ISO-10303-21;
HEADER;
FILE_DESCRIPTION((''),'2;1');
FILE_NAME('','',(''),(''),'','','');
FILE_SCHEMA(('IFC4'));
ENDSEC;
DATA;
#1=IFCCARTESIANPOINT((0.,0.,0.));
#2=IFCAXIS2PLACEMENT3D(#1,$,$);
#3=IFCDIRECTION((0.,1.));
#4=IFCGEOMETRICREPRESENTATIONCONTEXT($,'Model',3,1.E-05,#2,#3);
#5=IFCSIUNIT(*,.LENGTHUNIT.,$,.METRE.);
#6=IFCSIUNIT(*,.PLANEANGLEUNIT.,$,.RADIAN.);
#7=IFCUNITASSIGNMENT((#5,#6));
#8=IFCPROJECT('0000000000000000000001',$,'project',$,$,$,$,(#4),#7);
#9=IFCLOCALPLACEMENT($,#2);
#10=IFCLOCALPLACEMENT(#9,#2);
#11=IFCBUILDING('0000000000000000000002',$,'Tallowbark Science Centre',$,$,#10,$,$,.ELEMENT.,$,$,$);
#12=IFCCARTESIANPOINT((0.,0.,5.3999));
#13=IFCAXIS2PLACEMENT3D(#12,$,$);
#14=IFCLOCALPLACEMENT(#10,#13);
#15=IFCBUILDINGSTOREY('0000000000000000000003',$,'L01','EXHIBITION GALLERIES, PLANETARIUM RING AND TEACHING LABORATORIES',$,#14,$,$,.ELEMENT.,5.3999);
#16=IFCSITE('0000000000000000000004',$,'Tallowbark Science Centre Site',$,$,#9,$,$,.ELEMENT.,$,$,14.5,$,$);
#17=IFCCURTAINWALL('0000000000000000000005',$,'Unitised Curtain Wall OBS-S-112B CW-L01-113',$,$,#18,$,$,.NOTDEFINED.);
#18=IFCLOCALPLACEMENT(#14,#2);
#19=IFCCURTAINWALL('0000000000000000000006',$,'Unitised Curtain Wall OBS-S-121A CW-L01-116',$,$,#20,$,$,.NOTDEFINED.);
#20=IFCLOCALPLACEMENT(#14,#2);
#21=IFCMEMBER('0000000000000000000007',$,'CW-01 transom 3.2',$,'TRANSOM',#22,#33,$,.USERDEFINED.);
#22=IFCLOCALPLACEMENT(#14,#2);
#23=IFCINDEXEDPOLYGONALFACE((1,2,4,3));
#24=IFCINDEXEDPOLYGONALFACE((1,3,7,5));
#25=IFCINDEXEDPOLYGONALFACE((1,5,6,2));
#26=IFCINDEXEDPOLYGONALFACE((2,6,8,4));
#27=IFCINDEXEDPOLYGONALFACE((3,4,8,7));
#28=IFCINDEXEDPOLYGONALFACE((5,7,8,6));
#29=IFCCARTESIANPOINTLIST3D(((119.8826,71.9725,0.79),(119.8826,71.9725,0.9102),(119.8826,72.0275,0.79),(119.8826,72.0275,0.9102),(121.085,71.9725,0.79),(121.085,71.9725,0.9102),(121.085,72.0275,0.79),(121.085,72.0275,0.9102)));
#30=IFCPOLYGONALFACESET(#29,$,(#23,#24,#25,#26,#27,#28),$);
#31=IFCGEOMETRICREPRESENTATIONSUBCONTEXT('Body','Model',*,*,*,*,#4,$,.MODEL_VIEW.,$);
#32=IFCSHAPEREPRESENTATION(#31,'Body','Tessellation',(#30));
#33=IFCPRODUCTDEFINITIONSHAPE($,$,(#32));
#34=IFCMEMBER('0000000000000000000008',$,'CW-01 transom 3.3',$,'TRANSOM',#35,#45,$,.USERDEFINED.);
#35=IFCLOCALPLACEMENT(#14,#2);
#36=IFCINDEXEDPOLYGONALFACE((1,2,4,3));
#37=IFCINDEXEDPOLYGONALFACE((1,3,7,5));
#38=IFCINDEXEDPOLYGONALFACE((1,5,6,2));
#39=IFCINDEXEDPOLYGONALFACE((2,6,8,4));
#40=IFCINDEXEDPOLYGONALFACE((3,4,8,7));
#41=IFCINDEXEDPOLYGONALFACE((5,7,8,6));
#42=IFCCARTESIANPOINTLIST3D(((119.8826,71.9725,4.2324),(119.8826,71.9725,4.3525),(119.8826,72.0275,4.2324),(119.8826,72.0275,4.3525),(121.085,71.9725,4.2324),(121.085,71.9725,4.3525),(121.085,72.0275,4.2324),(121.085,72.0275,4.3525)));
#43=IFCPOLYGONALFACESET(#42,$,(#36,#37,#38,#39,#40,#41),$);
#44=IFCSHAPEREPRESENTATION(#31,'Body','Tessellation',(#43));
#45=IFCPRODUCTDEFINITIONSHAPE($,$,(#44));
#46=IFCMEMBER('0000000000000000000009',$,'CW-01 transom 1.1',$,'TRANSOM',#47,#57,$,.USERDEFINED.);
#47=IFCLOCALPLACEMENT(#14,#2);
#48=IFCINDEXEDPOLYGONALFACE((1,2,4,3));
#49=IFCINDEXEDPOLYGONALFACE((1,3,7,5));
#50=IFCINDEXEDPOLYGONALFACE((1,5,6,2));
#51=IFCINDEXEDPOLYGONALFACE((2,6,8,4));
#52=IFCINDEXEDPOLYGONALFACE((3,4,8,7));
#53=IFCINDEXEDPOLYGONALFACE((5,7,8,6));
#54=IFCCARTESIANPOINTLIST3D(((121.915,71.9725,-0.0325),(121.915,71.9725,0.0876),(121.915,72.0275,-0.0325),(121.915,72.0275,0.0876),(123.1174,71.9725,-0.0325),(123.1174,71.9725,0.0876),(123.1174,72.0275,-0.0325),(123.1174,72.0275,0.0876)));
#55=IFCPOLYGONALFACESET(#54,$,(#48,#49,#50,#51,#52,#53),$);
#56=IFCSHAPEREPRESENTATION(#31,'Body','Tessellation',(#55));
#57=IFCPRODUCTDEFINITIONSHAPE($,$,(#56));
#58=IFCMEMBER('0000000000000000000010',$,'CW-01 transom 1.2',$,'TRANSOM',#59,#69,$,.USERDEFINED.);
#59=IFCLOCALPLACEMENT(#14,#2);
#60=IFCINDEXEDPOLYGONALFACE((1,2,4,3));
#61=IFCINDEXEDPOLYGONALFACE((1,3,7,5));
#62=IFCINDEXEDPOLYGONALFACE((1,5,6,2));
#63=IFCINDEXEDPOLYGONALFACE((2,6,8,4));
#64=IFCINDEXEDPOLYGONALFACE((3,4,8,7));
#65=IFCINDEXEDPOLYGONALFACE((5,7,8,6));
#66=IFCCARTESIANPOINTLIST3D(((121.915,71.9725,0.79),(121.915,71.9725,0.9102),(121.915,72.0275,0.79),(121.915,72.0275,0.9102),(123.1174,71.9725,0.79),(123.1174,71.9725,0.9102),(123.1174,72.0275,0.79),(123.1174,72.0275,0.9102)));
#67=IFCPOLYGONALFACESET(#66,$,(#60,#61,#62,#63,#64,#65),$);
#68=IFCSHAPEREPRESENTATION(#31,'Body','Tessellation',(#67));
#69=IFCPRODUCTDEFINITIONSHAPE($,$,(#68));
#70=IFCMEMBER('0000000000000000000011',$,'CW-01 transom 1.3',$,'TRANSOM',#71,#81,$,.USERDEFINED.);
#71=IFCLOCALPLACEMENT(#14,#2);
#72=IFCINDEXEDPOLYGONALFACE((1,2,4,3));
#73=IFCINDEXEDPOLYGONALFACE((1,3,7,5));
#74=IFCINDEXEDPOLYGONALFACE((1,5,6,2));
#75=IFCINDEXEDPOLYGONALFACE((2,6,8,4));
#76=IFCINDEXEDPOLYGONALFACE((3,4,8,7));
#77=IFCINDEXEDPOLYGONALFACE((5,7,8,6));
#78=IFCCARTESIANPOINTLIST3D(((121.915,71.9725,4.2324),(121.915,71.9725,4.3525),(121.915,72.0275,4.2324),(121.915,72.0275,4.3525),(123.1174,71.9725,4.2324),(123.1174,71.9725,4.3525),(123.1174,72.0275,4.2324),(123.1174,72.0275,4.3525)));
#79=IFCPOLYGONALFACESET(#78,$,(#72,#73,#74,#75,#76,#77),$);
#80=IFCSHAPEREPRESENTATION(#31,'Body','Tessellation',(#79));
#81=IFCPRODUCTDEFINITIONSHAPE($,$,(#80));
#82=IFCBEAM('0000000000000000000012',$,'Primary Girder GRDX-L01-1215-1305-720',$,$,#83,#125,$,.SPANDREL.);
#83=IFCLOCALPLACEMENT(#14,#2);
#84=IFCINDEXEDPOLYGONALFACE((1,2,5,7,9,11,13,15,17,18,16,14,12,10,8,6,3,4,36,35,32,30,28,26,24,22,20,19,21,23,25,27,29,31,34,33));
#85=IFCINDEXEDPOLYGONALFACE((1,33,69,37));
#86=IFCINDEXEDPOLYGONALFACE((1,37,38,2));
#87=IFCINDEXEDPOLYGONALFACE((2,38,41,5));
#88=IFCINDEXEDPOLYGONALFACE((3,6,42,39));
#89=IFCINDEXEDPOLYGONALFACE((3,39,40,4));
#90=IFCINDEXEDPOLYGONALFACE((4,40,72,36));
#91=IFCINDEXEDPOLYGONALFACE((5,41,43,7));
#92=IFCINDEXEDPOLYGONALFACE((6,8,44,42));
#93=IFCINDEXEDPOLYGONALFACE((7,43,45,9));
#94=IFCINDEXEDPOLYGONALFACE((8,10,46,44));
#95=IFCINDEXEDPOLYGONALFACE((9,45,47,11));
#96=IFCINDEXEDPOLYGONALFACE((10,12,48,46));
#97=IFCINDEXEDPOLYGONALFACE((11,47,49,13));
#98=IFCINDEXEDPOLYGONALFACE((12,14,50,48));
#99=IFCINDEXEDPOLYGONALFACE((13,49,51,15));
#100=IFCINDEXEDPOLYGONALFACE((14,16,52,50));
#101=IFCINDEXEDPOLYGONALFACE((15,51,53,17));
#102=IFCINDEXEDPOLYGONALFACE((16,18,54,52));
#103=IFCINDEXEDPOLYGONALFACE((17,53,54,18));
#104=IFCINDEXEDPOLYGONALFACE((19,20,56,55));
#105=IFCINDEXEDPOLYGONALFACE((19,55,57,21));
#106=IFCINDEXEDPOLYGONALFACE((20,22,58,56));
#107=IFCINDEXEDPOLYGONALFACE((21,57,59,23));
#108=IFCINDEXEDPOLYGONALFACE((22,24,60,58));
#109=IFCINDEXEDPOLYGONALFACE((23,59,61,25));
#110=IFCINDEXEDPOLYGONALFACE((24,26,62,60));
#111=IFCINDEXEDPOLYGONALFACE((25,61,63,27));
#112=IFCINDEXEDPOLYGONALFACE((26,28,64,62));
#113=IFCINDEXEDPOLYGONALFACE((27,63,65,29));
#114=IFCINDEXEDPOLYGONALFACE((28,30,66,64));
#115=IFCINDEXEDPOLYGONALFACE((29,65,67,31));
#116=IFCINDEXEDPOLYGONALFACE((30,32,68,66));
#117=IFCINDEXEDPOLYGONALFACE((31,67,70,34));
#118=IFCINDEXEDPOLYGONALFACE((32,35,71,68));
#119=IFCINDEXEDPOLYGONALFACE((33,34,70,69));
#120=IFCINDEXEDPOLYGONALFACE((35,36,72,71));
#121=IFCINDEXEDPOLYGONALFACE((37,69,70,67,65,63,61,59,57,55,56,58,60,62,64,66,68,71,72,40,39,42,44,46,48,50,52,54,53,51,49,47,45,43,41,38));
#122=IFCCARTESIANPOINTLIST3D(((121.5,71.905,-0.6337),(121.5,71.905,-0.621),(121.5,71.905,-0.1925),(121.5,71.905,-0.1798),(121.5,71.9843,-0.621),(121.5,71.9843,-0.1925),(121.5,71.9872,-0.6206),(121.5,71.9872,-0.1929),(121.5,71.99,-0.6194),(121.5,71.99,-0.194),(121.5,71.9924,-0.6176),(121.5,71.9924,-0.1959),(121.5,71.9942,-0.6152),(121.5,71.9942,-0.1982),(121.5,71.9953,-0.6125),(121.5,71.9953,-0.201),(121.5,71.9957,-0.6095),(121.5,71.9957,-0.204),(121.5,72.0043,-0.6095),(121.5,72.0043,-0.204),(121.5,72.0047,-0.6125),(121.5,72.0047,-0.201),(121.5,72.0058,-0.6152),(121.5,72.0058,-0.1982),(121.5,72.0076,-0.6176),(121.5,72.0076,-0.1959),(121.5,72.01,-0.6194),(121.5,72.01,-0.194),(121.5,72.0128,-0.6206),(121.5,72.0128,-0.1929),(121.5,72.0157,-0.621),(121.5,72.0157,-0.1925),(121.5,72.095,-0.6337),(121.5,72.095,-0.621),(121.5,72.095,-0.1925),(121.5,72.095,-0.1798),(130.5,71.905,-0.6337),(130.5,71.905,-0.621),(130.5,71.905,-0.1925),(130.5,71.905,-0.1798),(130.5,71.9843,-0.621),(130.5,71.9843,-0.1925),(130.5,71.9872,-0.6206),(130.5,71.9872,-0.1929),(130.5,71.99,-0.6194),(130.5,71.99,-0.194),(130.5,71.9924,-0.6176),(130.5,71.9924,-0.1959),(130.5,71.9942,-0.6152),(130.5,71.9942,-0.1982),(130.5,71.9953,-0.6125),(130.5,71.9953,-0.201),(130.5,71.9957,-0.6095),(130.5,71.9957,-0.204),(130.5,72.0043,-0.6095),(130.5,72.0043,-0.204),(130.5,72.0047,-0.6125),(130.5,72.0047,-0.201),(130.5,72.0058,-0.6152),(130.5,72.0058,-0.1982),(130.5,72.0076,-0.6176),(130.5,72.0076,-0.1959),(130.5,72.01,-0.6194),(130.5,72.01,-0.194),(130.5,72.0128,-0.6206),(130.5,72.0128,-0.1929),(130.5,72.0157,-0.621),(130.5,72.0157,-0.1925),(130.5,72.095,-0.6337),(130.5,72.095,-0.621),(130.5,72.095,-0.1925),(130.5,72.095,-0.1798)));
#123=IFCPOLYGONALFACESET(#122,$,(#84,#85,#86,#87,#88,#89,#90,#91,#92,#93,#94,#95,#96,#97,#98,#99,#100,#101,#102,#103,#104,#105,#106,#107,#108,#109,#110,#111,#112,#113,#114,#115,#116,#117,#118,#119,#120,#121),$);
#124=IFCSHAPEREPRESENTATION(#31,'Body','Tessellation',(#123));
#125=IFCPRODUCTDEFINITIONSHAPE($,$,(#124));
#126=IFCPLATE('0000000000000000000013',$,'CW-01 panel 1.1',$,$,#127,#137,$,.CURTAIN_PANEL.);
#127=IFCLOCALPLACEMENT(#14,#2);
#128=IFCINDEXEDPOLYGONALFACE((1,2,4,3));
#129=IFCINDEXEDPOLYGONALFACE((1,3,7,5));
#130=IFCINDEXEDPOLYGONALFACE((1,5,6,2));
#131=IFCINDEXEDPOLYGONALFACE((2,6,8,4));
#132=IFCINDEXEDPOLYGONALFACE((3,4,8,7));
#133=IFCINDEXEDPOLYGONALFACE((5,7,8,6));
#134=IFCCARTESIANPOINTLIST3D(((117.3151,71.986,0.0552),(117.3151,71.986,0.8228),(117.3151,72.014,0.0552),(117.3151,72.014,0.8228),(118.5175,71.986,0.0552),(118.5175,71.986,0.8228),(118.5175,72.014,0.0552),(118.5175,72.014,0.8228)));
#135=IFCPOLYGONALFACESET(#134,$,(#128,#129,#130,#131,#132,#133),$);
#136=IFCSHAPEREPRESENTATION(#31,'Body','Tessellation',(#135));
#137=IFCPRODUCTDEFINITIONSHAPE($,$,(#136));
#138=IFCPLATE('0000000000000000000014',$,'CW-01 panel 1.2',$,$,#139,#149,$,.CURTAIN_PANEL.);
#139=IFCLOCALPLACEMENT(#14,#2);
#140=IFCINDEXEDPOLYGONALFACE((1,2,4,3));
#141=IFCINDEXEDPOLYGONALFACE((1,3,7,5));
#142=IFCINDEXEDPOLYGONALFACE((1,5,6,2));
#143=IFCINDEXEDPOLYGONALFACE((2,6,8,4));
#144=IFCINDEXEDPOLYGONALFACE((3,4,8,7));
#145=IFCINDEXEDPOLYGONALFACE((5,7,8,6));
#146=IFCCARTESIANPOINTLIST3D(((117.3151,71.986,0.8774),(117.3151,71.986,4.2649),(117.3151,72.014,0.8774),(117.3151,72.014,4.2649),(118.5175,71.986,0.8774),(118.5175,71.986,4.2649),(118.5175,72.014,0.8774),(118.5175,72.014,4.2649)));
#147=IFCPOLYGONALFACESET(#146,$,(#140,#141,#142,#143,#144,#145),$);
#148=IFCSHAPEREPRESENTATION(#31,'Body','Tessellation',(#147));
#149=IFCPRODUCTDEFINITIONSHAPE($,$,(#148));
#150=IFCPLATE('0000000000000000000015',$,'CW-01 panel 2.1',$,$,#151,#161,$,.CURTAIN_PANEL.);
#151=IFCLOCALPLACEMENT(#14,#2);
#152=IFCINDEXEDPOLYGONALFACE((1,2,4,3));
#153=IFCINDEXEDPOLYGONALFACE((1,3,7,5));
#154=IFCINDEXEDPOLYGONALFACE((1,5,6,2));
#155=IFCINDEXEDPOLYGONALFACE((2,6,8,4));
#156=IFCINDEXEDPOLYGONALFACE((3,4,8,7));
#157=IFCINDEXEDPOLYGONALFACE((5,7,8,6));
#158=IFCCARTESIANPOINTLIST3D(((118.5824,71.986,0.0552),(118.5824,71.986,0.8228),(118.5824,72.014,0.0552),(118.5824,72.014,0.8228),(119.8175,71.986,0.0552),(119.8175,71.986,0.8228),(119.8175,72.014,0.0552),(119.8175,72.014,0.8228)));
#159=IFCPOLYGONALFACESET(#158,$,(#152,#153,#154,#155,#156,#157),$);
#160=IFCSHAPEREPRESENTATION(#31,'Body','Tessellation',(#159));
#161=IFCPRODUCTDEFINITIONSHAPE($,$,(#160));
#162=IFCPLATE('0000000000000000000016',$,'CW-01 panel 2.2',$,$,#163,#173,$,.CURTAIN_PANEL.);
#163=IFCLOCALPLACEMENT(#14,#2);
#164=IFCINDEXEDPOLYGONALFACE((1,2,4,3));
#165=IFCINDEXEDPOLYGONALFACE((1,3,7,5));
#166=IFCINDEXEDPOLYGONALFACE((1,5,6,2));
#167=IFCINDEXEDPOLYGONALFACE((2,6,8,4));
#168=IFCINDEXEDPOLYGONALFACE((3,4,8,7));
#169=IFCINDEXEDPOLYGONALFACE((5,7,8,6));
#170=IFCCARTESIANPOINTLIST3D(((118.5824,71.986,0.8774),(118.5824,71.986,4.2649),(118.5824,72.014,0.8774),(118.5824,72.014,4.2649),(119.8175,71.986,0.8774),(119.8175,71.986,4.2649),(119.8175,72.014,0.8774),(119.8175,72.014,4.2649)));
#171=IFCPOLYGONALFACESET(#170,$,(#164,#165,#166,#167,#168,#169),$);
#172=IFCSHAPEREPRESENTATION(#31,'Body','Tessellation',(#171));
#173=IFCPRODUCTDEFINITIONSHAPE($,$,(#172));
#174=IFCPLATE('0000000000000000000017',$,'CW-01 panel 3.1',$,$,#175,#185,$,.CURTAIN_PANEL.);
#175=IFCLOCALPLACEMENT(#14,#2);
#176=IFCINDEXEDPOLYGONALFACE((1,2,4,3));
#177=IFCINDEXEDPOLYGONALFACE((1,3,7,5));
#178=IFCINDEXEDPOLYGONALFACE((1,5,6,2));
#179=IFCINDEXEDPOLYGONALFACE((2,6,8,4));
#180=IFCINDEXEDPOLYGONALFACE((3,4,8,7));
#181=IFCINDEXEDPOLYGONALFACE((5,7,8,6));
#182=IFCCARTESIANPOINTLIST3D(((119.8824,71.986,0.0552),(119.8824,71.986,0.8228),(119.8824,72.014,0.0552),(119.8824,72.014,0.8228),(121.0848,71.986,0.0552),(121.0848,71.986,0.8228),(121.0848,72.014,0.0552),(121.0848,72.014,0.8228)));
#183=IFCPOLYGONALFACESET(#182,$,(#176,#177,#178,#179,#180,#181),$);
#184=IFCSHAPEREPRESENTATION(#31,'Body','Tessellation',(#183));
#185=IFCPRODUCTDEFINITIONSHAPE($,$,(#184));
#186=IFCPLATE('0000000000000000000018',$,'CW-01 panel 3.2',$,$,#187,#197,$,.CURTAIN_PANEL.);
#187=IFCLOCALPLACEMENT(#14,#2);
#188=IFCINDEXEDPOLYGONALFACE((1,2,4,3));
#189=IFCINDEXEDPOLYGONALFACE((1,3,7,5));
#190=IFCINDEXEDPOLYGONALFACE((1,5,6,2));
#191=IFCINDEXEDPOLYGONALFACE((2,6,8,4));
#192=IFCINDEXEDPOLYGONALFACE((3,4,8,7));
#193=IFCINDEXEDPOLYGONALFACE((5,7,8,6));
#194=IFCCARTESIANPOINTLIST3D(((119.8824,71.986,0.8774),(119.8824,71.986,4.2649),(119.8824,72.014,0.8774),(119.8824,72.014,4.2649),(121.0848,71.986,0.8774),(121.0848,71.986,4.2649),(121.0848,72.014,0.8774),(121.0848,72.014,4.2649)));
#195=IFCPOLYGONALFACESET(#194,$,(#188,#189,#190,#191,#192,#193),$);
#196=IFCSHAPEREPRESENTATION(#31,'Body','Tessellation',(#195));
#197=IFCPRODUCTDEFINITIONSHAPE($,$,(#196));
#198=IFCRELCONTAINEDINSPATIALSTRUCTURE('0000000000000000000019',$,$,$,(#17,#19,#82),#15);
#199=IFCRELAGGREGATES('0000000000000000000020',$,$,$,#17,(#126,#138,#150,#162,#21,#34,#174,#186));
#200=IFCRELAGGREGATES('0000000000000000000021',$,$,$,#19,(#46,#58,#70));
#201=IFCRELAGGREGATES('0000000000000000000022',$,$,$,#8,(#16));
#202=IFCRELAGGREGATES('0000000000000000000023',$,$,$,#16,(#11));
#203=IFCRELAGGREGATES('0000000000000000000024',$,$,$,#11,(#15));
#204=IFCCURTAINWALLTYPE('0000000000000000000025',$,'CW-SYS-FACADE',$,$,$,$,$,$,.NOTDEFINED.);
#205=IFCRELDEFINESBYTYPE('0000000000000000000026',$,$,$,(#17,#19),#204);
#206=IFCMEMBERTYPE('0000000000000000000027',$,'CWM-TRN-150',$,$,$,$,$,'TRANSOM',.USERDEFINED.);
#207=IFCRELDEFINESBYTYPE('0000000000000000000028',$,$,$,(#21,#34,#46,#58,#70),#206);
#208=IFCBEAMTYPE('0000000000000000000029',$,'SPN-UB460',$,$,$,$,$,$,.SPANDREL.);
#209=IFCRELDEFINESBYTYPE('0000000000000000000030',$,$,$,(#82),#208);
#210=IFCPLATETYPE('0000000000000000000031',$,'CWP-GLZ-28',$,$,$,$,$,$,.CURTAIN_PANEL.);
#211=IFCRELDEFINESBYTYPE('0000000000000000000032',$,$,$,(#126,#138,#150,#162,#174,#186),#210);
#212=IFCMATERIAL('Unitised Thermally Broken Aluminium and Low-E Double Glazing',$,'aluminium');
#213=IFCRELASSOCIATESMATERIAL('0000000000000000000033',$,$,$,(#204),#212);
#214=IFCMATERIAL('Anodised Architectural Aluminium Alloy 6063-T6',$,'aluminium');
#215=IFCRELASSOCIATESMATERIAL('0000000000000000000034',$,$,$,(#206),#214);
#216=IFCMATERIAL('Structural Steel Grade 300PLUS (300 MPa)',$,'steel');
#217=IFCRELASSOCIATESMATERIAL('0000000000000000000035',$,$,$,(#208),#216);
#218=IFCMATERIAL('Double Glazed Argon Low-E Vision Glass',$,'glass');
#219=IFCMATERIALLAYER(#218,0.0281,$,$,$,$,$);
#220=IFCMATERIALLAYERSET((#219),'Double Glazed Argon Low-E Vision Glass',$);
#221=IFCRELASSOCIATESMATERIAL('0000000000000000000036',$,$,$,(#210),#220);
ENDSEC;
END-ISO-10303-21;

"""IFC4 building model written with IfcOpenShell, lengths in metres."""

from ifc_helpers import new_model, si_unit, direction, frame, origin, origin_2d, place, context, subcontext, project, spatial, rectangle, i_section, extrude, material, layer, layer_set, material_profile, profile_set, type_object, element, aggregate, save


model = new_model("IFC4")

# Units and contexts
model_context = context("Model", 3, precision=1e-05, world=origin(), true_north=direction((0.0, 1.0)))
body_context = subcontext(model_context, "Body", "Model", "MODEL_VIEW")
ifc_project = project(units=[si_unit("LENGTHUNIT", "METRE"), si_unit("PLANEANGLEUNIT", "RADIAN")], contexts=[model_context])

# Site, building, storey
site_placement = place(None, origin())
site = spatial("IfcSite", under=ifc_project, at=site_placement, Name="Tallowbark Science Centre Site", CompositionType="ELEMENT", RefElevation=14.5)
building_placement = place(site_placement, origin())
building = spatial("IfcBuilding", under=site, at=building_placement, Name="Tallowbark Science Centre", CompositionType="ELEMENT")
storey_placement = place(building_placement, frame((0.0, 0.0, 5.3999)))
storey = spatial("IfcBuildingStorey", under=building, at=storey_placement, Name="L01", Description="EXHIBITION GALLERIES, PLANETARIUM RING AND TEACHING LABORATORIES", CompositionType="ELEMENT", Elevation=5.3999)

# Shared definitions
ifc_material_1 = material(Name="Structural Steel Grade 300PLUS (300 MPa)", Category="steel")

# Curtain wall
ifc_material_2 = material(Name="Unitised Thermally Broken Aluminium and Low-E Double Glazing", Category="aluminium")
curtain_wall_type = type_object("IfcCurtainWallType", Name="CW-SYS-FACADE", PredefinedType="NOTDEFINED", material=ifc_material_2)
curtain_wall_1_placement = place(storey_placement, origin())
curtain_wall_1 = element("IfcCurtainWall", 1, at=curtain_wall_1_placement, inside=storey, type_object=curtain_wall_type, Name="Unitised Curtain Wall OBS-S-112B CW-L01-113", PredefinedType="NOTDEFINED")
ifc_material_3 = material(Name="Anodised Architectural Aluminium Alloy 6063-T6", Category="aluminium")

# Curtain wall
curtain_wall_2_placement = place(storey_placement, origin())
curtain_wall_2 = element("IfcCurtainWall", 2, at=curtain_wall_2_placement, inside=storey, type_object=curtain_wall_type, Name="Unitised Curtain Wall OBS-S-121A CW-L01-116", PredefinedType="NOTDEFINED")

# Members
ifc_material_profile_1 = material_profile(ifc_material_3, rectangle(XDim=0.0549, YDim=0.1201, at=origin_2d()), Name="ALU55x120")
ifc_profile_set_1 = profile_set([ifc_material_profile_1], Name="Anodised Architectural Aluminium Alloy 6063-T6")
member_type_1 = type_object("IfcMemberType", Name="CWM-TRN-150", ElementType="TRANSOM", PredefinedType="USERDEFINED", material=ifc_profile_set_1)
member_1_placement = place(storey_placement, frame((119.8826, 72.0, 0.8501), z_axis=(1.0, 0.0, 0.0), x_axis=(0.0, 1.0, 0.0)))
member_1 = element("IfcMember", 3, at=member_1_placement, type_object=member_type_1, Name="CW-01 transom 3.2", ObjectType="TRANSOM", PredefinedType="USERDEFINED", context=body_context, shape_type="SweptSolid", body=[
    extrude(rectangle(XDim=0.0549, YDim=0.1201, at=origin_2d()), origin(), (0.0, 0.0, 1.0), 1.2024),
])
member_2_placement = place(storey_placement, frame((119.8826, 72.0, 4.2925), z_axis=(1.0, 0.0, 0.0), x_axis=(0.0, 1.0, 0.0)))
member_2 = element("IfcMember", 4, at=member_2_placement, type_object=member_type_1, Name="CW-01 transom 3.3", ObjectType="TRANSOM", PredefinedType="USERDEFINED", context=body_context, shape_type="SweptSolid", body=[
    extrude(rectangle(XDim=0.0549, YDim=0.1201, at=origin_2d()), origin(), (0.0, 0.0, 1.0), 1.2024),
])
member_3_placement = place(storey_placement, frame((121.915, 72.0, 0.0276), z_axis=(1.0, 0.0, 0.0), x_axis=(0.0, 1.0, 0.0)))
member_3 = element("IfcMember", 5, at=member_3_placement, type_object=member_type_1, Name="CW-01 transom 1.1", ObjectType="TRANSOM", PredefinedType="USERDEFINED", context=body_context, shape_type="SweptSolid", body=[
    extrude(rectangle(XDim=0.0549, YDim=0.1201, at=origin_2d()), origin(), (0.0, 0.0, 1.0), 1.2024),
])
member_4_placement = place(storey_placement, frame((121.915, 72.0, 0.8501), z_axis=(1.0, 0.0, 0.0), x_axis=(0.0, 1.0, 0.0)))
member_4 = element("IfcMember", 6, at=member_4_placement, type_object=member_type_1, Name="CW-01 transom 1.2", ObjectType="TRANSOM", PredefinedType="USERDEFINED", context=body_context, shape_type="SweptSolid", body=[
    extrude(rectangle(XDim=0.0549, YDim=0.1201, at=origin_2d()), origin(), (0.0, 0.0, 1.0), 1.2024),
])
member_5_placement = place(storey_placement, frame((121.915, 72.0, 4.2925), z_axis=(1.0, 0.0, 0.0), x_axis=(0.0, 1.0, 0.0)))
member_5 = element("IfcMember", 7, at=member_5_placement, type_object=member_type_1, Name="CW-01 transom 1.3", ObjectType="TRANSOM", PredefinedType="USERDEFINED", context=body_context, shape_type="SweptSolid", body=[
    extrude(rectangle(XDim=0.0549, YDim=0.1201, at=origin_2d()), origin(), (0.0, 0.0, 1.0), 1.2024),
])

# Beam
ifc_material_profile_2 = material_profile(ifc_material_1, i_section(OverallWidth=0.1899, OverallDepth=0.4539, WebThickness=0.0085, FlangeThickness=0.0127, FilletRadius=0.0115, at=origin_2d()), Name="460UB67.1")
ifc_profile_set_2 = profile_set([ifc_material_profile_2], Name="Structural Steel Grade 300PLUS (300 MPa)")
beam_type = type_object("IfcBeamType", Name="SPN-UB460", PredefinedType="SPANDREL", material=ifc_profile_set_2)
beam_placement = place(storey_placement, frame((121.5, 72.0, -0.4067), z_axis=(1.0, 0.0, 0.0), x_axis=(0.0, 1.0, 0.0)))
element("IfcBeam", 8, at=beam_placement, inside=storey, type_object=beam_type, Name="Primary Girder GRDX-L01-1215-1305-720", PredefinedType="SPANDREL", context=body_context, shape_type="SweptSolid", body=[
    extrude(i_section(OverallWidth=0.1899, OverallDepth=0.4539, WebThickness=0.0085, FlangeThickness=0.0127, FilletRadius=0.0115, at=origin_2d()), origin(), (0.0, 0.0, 1.0), 9.0),
])

# Plates
ifc_material_4 = material(Name="Double Glazed Argon Low-E Vision Glass", Category="glass")
ifc_layer = layer(ifc_material_4, 0.0281)
ifc_layer_set = layer_set([ifc_layer], Name="Double Glazed Argon Low-E Vision Glass")
plate_type = type_object("IfcPlateType", Name="CWP-GLZ-28", PredefinedType="CURTAIN_PANEL", material=ifc_layer_set)
plate_1_placement = place(storey_placement, frame((117.9163, 72.0, 0.0552), z_axis=(0.0, 0.0, 1.0), x_axis=(1.0, 0.0, 0.0)))
plate_1 = element("IfcPlate", 9, at=plate_1_placement, type_object=plate_type, Name="CW-01 panel 1.1", PredefinedType="CURTAIN_PANEL", context=body_context, shape_type="SweptSolid", body=[
    extrude(rectangle(XDim=1.2024, YDim=0.0281, at=origin_2d()), origin(), (0.0, 0.0, 1.0), 0.7676),
])
plate_2_placement = place(storey_placement, frame((117.9163, 72.0, 0.8774), z_axis=(0.0, 0.0, 1.0), x_axis=(1.0, 0.0, 0.0)))
plate_2 = element("IfcPlate", 10, at=plate_2_placement, type_object=plate_type, Name="CW-01 panel 1.2", PredefinedType="CURTAIN_PANEL", context=body_context, shape_type="SweptSolid", body=[
    extrude(rectangle(XDim=1.2024, YDim=0.0281, at=origin_2d()), origin(), (0.0, 0.0, 1.0), 3.3875),
])
plate_3_placement = place(storey_placement, frame((119.2, 72.0, 0.0552), z_axis=(0.0, 0.0, 1.0), x_axis=(1.0, 0.0, 0.0)))
plate_3 = element("IfcPlate", 11, at=plate_3_placement, type_object=plate_type, Name="CW-01 panel 2.1", PredefinedType="CURTAIN_PANEL", context=body_context, shape_type="SweptSolid", body=[
    extrude(rectangle(XDim=1.2351, YDim=0.0281, at=origin_2d()), origin(), (0.0, 0.0, 1.0), 0.7676),
])
plate_4_placement = place(storey_placement, frame((119.2, 72.0, 0.8774), z_axis=(0.0, 0.0, 1.0), x_axis=(1.0, 0.0, 0.0)))
plate_4 = element("IfcPlate", 12, at=plate_4_placement, type_object=plate_type, Name="CW-01 panel 2.2", PredefinedType="CURTAIN_PANEL", context=body_context, shape_type="SweptSolid", body=[
    extrude(rectangle(XDim=1.2351, YDim=0.0281, at=origin_2d()), origin(), (0.0, 0.0, 1.0), 3.3875),
])
plate_5_placement = place(storey_placement, frame((120.4836, 72.0, 0.0552), z_axis=(0.0, 0.0, 1.0), x_axis=(1.0, 0.0, 0.0)))
plate_5 = element("IfcPlate", 13, at=plate_5_placement, type_object=plate_type, Name="CW-01 panel 3.1", PredefinedType="CURTAIN_PANEL", context=body_context, shape_type="SweptSolid", body=[
    extrude(rectangle(XDim=1.2024, YDim=0.0281, at=origin_2d()), origin(), (0.0, 0.0, 1.0), 0.7676),
])
plate_6_placement = place(storey_placement, frame((120.4836, 72.0, 0.8774), z_axis=(0.0, 0.0, 1.0), x_axis=(1.0, 0.0, 0.0)))
plate_6 = element("IfcPlate", 14, at=plate_6_placement, type_object=plate_type, Name="CW-01 panel 3.2", PredefinedType="CURTAIN_PANEL", context=body_context, shape_type="SweptSolid", body=[
    extrude(rectangle(XDim=1.2024, YDim=0.0281, at=origin_2d()), origin(), (0.0, 0.0, 1.0), 3.3875),
])
aggregate(curtain_wall_1, [plate_1, plate_2, plate_3, plate_4, member_1, member_2, plate_5, plate_6])
aggregate(curtain_wall_2, [member_3, member_4, member_5])

save(model, "model.ifc")
